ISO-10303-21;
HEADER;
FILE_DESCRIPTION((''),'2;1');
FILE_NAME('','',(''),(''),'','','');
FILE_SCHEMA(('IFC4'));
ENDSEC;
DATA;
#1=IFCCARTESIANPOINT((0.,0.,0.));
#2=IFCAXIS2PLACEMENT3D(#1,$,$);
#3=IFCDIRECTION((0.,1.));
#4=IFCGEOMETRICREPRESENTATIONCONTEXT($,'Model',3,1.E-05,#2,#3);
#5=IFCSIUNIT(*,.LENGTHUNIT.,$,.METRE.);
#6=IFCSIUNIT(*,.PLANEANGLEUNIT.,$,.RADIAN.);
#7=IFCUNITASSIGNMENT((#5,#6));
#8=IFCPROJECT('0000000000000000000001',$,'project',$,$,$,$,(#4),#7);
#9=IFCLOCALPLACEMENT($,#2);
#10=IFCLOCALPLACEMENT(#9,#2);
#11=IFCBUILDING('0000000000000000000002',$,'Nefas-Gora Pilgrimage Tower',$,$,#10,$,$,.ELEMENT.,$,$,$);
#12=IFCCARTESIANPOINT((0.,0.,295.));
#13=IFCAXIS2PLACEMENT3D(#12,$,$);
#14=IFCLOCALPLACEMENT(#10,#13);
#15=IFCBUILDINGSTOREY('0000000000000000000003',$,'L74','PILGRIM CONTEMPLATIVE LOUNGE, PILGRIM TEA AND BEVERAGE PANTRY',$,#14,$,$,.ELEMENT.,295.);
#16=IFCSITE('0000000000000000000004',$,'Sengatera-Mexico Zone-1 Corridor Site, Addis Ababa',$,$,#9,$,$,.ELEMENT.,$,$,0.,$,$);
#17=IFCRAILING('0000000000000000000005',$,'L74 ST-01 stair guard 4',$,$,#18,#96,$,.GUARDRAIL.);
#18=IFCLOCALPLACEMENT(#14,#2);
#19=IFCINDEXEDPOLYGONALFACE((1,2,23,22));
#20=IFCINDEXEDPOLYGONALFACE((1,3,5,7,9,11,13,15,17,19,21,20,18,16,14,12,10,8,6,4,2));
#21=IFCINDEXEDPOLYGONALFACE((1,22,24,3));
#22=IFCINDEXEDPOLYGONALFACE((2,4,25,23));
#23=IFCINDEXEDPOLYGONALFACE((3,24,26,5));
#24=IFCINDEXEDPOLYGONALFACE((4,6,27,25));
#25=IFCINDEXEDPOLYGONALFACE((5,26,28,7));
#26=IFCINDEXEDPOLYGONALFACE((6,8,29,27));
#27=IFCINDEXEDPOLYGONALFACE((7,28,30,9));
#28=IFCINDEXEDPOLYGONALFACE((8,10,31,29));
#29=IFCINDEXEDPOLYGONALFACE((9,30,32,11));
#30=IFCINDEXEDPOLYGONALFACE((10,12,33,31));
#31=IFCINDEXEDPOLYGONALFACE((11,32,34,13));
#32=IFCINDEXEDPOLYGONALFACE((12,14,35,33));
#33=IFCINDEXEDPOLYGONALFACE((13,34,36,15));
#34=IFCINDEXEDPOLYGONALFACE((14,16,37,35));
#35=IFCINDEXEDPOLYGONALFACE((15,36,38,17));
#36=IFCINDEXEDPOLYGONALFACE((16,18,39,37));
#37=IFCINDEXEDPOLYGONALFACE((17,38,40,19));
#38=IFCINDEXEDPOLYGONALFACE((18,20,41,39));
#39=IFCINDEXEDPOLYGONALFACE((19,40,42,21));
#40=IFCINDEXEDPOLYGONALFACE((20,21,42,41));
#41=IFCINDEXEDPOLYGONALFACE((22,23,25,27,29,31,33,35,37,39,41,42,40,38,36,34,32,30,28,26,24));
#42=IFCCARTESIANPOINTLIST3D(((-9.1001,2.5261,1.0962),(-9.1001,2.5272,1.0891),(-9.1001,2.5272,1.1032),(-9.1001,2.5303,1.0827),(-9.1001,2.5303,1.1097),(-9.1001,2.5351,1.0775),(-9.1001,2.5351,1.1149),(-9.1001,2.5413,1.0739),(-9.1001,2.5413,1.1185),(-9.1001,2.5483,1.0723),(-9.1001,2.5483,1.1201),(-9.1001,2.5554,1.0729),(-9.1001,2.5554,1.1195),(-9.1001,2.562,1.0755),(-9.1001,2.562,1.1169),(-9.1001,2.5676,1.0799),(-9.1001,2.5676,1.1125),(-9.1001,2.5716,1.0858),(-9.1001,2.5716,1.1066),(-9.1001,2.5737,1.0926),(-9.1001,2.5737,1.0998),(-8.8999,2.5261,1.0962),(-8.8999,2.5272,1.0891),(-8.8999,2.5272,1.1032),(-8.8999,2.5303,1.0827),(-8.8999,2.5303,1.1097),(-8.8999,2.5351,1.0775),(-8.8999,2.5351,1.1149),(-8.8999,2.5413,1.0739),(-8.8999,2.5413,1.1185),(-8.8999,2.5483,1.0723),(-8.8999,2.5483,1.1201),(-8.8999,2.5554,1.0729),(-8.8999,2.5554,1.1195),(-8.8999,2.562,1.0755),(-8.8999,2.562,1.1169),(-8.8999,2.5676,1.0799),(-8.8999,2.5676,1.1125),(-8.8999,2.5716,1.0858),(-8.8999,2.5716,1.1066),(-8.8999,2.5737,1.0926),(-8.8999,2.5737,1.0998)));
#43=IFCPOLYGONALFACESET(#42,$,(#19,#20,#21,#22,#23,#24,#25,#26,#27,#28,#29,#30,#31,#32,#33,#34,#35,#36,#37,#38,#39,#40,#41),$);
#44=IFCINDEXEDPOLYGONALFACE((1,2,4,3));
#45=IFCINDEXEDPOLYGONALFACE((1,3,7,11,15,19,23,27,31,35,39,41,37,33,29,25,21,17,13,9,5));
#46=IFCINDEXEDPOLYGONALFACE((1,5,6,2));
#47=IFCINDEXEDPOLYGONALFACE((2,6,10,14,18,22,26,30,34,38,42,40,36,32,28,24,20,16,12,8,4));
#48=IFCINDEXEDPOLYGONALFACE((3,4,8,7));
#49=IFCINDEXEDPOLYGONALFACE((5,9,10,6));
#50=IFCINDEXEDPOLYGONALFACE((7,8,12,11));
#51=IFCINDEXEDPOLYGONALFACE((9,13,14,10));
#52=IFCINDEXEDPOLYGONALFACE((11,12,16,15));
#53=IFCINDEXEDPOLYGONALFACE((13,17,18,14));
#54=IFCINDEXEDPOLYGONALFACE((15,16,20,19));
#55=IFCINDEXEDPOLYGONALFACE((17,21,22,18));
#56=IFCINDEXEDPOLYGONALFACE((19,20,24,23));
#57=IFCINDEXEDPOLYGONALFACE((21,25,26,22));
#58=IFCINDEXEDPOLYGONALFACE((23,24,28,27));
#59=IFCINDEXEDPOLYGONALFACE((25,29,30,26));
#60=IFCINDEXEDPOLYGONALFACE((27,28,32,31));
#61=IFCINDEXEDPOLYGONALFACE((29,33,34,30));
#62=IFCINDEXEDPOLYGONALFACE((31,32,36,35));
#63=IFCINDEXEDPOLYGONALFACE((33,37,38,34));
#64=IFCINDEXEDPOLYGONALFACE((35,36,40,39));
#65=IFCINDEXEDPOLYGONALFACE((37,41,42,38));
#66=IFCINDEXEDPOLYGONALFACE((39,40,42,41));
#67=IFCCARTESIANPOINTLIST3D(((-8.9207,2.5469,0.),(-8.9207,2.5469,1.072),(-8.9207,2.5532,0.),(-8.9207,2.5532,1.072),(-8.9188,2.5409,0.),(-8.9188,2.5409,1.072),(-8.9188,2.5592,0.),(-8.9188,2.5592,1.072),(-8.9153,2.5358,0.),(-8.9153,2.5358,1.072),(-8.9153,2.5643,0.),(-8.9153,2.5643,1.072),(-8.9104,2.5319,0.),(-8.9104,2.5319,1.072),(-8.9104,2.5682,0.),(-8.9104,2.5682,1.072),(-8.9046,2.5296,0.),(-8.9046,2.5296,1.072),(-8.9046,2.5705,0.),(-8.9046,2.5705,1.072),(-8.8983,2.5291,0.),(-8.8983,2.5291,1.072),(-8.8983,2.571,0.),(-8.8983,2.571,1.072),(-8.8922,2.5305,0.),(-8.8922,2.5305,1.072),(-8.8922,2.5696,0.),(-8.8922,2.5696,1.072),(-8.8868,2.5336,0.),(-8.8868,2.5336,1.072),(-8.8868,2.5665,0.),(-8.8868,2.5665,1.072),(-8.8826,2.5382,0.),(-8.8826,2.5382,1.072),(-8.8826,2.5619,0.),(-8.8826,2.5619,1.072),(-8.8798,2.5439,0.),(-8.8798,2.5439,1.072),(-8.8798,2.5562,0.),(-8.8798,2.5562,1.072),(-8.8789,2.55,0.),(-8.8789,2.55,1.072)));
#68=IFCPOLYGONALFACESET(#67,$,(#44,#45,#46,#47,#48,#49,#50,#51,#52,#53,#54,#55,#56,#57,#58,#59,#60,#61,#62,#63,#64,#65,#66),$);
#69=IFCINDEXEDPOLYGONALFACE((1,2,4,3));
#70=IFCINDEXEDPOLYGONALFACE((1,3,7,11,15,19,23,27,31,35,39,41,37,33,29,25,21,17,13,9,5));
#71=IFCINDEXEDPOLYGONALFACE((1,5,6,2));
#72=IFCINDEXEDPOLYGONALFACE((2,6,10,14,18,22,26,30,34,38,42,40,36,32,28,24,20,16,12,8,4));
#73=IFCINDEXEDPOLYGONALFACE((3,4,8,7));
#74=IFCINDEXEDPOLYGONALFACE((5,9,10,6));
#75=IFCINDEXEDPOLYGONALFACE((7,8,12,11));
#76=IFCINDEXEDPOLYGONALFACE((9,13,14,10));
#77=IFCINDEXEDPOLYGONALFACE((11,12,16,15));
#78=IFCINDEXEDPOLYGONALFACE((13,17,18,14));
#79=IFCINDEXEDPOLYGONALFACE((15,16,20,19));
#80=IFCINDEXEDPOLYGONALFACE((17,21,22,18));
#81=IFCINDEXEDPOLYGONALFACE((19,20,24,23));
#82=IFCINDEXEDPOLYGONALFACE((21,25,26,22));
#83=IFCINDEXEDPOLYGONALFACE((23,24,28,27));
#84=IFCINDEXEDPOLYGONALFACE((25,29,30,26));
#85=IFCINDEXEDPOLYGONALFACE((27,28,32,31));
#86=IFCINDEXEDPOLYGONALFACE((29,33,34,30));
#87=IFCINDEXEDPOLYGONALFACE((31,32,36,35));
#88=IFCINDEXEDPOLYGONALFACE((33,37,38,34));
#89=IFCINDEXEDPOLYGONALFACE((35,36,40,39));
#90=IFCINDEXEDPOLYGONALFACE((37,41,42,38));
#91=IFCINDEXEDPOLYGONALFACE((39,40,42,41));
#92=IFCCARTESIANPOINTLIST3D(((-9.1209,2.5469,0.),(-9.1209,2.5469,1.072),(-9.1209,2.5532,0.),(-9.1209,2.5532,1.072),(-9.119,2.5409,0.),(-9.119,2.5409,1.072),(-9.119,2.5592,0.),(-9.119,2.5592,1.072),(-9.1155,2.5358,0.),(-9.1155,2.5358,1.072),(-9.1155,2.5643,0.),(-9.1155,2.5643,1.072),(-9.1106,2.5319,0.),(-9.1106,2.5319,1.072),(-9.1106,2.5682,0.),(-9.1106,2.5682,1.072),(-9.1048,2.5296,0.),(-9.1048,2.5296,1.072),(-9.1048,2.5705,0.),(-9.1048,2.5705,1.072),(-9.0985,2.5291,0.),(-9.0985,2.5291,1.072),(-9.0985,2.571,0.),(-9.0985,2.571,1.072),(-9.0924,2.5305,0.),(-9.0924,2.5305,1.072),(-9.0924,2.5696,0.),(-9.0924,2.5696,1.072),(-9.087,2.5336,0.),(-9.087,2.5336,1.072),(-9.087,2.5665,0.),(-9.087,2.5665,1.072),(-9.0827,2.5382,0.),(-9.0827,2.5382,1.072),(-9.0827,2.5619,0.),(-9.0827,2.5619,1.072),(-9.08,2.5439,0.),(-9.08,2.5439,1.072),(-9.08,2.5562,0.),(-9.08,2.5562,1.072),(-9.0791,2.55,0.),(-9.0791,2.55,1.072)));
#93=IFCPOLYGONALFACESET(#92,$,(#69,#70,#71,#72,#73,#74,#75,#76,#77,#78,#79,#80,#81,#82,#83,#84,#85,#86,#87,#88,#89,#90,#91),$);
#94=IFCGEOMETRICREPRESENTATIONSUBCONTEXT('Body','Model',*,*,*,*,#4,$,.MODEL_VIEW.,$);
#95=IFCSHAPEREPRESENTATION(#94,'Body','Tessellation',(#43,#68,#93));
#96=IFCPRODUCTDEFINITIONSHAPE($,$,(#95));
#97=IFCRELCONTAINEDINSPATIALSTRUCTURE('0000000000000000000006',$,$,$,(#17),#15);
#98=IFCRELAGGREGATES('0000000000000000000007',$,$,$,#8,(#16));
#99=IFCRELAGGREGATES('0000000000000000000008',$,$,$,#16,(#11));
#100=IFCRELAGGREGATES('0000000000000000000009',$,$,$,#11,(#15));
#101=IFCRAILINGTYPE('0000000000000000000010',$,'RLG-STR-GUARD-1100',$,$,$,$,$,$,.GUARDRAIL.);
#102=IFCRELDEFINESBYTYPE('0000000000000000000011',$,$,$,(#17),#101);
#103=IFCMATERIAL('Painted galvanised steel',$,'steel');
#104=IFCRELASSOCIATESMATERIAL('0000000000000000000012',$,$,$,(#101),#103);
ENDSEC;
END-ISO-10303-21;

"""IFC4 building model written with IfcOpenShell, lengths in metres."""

from ifc_helpers import new_model, si_unit, direction, frame, origin, origin_2d, place, context, subcontext, project, spatial, circle, extrude, material, type_object, element, save


model = new_model("IFC4")

# Units and contexts
model_context = context("Model", 3, precision=1e-05, world=origin(), true_north=direction((0.0, 1.0)))
body_context = subcontext(model_context, "Body", "Model", "MODEL_VIEW")
ifc_project = project(units=[si_unit("LENGTHUNIT", "METRE"), si_unit("PLANEANGLEUNIT", "RADIAN")], contexts=[model_context])

# Site, building, storey
site_placement = place(None, origin())
site = spatial("IfcSite", under=ifc_project, at=site_placement, Name="Sengatera-Mexico Zone-1 Corridor Site, Addis Ababa", CompositionType="ELEMENT", RefElevation=0.0)
building_placement = place(site_placement, origin())
building = spatial("IfcBuilding", under=site, at=building_placement, Name="Nefas-Gora Pilgrimage Tower", CompositionType="ELEMENT")
storey_placement = place(building_placement, frame((0.0, 0.0, 295.0)))
storey = spatial("IfcBuildingStorey", under=building, at=storey_placement, Name="L74", Description="PILGRIM CONTEMPLATIVE LOUNGE, PILGRIM TEA AND BEVERAGE PANTRY", CompositionType="ELEMENT", Elevation=295.0)

# Railing
ifc_material_1 = material(Name="Painted galvanised steel", Category="steel")
railing_type_1 = type_object("IfcRailingType", Name="RLG-STR-GUARD-1100", PredefinedType="GUARDRAIL", material=ifc_material_1)
railing_1_placement = place(storey_placement, frame((-8.8999, 2.55, 0.0)))
element("IfcRailing", 1, at=railing_1_placement, inside=storey, type_object=railing_type_1, Name="L74 ST-01 stair guard 4", PredefinedType="GUARDRAIL", context=body_context, shape_type="SweptSolid", body=[
    extrude(circle(Radius=0.0239, at=origin_2d()), frame((0.0, 0.0, 1.0962), z_axis=(-1.0, 0.0, 0.0), x_axis=(0.0, -1.0, 0.0)), (0.0, 0.0, 1.0), 0.2002),
    extrude(circle(Radius=0.021, at=origin_2d()), origin(), (0.0, 0.0, 1.0), 1.072),
    extrude(circle(Radius=0.021, at=origin_2d()), frame((-0.2002, 0.0, 0.0)), (0.0, 0.0, 1.0), 1.072),
])

save(model, "model.ifc")
